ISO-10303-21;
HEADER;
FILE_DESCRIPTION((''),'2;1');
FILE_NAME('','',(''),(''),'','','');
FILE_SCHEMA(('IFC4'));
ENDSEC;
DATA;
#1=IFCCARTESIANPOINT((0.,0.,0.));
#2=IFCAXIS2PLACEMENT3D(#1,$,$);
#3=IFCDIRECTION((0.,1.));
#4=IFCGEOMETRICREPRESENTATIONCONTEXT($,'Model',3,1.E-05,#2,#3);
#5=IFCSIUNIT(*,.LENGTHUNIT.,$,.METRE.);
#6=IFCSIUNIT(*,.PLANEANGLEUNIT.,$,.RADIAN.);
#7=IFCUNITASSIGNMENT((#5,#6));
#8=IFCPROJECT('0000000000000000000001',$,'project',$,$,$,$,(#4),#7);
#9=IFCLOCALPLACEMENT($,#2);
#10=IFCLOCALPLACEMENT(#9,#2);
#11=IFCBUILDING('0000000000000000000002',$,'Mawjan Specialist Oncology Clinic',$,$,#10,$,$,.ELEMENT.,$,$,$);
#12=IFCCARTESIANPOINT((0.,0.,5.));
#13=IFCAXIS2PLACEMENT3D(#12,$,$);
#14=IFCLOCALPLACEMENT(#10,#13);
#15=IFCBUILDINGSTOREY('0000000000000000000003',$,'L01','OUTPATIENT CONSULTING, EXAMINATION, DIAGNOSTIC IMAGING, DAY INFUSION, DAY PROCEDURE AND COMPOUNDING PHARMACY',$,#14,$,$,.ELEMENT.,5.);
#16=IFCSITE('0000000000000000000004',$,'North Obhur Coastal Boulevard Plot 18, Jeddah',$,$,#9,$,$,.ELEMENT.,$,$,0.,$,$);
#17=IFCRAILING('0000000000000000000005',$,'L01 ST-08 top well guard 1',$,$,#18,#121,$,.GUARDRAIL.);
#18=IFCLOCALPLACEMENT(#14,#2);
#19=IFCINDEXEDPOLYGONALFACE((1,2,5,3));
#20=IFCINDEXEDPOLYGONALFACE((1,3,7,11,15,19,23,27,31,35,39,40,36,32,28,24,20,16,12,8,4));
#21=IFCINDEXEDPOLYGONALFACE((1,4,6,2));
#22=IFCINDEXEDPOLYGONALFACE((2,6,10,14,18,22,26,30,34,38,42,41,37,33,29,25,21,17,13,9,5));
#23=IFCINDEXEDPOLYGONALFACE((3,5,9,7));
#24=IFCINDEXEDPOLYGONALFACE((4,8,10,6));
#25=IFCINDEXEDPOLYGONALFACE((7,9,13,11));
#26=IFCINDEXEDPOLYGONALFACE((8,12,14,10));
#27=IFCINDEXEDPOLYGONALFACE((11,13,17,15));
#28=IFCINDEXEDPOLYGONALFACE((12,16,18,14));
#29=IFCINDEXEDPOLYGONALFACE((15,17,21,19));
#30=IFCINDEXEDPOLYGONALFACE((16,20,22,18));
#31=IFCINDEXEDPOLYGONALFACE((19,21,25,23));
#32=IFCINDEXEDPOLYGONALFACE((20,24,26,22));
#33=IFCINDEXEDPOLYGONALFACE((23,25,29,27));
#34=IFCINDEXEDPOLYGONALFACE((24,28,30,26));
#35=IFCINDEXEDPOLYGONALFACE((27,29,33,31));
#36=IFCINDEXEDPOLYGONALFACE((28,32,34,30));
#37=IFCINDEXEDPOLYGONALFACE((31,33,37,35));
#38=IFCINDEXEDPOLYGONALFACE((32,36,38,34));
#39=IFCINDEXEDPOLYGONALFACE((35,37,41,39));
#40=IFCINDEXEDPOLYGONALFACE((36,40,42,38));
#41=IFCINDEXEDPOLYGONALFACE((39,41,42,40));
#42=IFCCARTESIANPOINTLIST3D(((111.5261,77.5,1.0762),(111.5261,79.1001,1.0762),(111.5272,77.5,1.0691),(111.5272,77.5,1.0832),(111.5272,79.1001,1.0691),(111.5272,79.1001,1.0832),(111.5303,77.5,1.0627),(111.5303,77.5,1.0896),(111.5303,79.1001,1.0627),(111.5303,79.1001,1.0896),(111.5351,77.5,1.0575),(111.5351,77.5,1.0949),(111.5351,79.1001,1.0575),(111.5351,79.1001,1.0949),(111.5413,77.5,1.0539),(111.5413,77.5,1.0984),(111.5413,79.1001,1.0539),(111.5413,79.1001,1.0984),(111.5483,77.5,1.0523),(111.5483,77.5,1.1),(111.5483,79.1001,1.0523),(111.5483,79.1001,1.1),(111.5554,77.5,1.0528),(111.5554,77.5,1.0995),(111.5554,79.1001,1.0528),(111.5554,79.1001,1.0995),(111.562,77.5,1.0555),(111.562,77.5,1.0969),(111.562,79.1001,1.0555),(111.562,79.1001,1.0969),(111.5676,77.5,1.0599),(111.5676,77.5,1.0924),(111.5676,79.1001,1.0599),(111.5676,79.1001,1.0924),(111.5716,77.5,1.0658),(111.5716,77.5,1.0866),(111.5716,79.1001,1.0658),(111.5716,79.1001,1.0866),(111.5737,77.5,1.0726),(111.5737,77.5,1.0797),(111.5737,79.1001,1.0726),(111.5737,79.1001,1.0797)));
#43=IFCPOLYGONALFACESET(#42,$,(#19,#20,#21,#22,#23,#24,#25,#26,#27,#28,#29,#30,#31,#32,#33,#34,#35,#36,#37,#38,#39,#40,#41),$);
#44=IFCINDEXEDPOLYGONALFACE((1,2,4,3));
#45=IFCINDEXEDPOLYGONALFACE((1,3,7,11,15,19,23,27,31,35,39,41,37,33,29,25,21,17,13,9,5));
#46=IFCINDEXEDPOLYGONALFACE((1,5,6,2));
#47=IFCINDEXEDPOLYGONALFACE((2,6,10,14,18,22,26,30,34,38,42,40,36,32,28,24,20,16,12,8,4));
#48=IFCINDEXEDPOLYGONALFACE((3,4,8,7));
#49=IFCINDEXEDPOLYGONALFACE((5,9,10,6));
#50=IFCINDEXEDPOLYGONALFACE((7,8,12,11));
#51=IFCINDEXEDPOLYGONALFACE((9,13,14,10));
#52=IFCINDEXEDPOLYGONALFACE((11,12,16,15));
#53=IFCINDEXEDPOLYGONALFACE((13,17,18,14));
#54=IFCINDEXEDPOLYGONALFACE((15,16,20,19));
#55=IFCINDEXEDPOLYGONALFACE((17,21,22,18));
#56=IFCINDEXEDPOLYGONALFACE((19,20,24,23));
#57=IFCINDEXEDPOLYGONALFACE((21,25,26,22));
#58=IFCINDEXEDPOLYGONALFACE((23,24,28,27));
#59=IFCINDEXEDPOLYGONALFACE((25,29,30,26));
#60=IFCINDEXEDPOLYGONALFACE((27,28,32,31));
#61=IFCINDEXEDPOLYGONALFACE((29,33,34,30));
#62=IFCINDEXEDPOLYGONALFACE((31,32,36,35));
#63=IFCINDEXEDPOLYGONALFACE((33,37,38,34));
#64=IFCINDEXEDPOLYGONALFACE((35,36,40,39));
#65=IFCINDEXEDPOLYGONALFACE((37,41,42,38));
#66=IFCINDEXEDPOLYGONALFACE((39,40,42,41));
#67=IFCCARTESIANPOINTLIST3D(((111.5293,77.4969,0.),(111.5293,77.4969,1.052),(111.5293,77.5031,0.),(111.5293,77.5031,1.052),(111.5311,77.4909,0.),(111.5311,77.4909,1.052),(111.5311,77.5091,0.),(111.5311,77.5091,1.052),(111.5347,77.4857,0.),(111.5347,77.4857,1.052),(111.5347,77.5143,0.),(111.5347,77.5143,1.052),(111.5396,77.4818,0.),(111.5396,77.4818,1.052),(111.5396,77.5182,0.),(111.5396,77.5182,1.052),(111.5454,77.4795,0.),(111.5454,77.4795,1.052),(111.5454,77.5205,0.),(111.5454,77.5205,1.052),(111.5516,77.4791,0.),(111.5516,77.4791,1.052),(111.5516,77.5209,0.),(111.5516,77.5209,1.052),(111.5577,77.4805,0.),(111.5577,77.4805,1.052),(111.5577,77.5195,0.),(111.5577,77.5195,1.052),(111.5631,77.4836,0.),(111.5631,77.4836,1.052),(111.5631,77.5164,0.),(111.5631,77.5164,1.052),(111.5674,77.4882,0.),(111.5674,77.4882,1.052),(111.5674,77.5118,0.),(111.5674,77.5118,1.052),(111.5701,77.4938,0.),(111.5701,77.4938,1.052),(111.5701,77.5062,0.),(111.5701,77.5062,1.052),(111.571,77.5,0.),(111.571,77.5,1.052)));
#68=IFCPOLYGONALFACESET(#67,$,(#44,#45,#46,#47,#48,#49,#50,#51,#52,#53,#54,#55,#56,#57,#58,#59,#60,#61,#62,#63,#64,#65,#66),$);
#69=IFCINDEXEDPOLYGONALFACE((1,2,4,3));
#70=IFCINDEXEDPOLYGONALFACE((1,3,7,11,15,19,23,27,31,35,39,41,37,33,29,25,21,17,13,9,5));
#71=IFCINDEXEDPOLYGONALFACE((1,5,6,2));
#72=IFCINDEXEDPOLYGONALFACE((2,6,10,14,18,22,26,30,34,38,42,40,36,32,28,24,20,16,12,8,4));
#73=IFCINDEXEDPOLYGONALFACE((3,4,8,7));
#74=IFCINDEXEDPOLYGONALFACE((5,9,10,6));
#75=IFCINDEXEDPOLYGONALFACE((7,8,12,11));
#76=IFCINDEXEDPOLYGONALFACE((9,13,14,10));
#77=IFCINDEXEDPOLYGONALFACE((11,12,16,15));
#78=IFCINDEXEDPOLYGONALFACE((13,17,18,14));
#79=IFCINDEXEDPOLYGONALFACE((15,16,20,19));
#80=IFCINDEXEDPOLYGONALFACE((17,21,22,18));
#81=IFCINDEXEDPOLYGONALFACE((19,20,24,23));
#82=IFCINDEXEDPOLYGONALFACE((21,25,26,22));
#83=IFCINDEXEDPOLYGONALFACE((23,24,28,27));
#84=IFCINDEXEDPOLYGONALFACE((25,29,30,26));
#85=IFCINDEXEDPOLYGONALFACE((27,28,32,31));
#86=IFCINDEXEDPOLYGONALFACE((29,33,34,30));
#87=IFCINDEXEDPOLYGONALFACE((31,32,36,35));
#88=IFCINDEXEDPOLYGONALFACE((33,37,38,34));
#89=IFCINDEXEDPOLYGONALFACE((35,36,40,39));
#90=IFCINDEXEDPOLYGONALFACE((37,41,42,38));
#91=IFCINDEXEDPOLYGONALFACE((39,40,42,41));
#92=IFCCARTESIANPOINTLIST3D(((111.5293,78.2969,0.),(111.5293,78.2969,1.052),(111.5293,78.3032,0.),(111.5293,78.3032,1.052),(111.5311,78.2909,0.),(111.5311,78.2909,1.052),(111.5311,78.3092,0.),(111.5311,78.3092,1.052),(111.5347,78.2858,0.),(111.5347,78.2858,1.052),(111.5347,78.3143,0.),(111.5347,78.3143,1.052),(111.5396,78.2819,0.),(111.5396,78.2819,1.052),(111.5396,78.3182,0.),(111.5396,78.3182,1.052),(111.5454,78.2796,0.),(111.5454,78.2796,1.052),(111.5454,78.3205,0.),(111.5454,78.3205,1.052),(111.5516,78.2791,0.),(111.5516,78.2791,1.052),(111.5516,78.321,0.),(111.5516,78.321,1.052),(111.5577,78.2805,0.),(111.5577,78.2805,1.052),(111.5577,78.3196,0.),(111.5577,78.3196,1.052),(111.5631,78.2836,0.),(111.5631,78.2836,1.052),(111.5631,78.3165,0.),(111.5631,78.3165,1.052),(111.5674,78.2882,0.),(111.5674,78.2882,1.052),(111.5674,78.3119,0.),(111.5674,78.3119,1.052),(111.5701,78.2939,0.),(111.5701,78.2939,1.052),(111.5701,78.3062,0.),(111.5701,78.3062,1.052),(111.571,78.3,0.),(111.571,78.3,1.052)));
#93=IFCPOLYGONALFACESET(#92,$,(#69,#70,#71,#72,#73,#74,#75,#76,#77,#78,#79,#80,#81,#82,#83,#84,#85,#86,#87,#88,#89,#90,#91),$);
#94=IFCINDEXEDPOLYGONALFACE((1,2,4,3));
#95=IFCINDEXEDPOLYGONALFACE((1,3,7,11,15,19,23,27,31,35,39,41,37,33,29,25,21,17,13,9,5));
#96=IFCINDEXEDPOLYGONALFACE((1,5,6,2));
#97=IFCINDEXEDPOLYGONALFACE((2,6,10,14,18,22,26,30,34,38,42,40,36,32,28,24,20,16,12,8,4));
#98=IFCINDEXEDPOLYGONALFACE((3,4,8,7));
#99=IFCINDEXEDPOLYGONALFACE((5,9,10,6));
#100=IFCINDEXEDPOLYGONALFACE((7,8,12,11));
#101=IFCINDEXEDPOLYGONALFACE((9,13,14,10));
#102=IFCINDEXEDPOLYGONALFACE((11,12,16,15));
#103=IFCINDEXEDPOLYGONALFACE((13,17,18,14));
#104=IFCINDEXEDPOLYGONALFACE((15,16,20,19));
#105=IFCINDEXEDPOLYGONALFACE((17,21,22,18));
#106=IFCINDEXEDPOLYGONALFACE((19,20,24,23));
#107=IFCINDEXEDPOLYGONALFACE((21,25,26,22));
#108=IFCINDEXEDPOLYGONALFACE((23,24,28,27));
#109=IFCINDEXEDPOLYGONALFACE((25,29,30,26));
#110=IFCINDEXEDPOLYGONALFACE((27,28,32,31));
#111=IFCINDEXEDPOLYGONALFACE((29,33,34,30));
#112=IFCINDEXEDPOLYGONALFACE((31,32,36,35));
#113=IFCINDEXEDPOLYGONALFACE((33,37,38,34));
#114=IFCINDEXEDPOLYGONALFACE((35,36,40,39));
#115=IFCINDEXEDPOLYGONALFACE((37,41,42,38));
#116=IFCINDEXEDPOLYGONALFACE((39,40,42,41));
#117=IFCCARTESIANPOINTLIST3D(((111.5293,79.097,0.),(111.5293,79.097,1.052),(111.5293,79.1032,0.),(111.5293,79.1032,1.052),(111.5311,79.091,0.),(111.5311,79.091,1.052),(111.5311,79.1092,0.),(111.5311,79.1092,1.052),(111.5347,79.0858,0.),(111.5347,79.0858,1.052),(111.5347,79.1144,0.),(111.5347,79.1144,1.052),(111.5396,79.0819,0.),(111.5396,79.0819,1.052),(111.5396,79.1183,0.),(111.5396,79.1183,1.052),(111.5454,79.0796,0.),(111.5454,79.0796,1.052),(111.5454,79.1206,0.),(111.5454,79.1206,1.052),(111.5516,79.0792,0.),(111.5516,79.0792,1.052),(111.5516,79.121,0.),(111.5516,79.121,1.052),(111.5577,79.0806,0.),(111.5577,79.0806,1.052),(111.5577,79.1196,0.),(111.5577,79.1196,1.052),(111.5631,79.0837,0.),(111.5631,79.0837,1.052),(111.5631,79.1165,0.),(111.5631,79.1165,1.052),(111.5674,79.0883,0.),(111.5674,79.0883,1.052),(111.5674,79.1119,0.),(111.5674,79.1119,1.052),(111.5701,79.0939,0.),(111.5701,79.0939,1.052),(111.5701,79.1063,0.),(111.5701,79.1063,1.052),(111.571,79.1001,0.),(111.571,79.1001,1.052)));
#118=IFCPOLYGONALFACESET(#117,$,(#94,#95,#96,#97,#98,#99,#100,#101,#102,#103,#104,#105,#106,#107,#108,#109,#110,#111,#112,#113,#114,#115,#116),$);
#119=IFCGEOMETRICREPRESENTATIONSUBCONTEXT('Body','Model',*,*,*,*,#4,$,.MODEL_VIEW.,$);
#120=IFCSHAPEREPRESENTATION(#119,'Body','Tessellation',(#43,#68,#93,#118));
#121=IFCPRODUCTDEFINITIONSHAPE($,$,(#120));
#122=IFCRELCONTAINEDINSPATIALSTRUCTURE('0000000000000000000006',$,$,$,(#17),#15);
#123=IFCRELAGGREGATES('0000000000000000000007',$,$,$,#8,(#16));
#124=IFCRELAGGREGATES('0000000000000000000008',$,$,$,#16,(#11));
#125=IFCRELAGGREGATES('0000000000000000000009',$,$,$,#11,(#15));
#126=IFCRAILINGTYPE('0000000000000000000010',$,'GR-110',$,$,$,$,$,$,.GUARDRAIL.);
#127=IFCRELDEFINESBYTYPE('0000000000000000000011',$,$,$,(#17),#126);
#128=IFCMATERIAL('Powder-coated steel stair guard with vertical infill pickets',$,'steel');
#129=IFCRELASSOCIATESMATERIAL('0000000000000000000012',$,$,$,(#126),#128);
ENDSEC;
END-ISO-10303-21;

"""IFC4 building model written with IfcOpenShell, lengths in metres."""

from ifc_helpers import new_model, si_unit, direction, frame, origin, origin_2d, place, context, subcontext, project, spatial, circle, extrude, material, type_object, element, save


model = new_model("IFC4")

# Units and contexts
model_context = context("Model", 3, precision=1e-05, world=origin(), true_north=direction((0.0, 1.0)))
body_context = subcontext(model_context, "Body", "Model", "MODEL_VIEW")
ifc_project = project(units=[si_unit("LENGTHUNIT", "METRE"), si_unit("PLANEANGLEUNIT", "RADIAN")], contexts=[model_context])

# Site, building, storey
site_placement = place(None, origin())
site = spatial("IfcSite", under=ifc_project, at=site_placement, Name="North Obhur Coastal Boulevard Plot 18, Jeddah", CompositionType="ELEMENT", RefElevation=0.0)
building_placement = place(site_placement, origin())
building = spatial("IfcBuilding", under=site, at=building_placement, Name="Mawjan Specialist Oncology Clinic", CompositionType="ELEMENT")
storey_placement = place(building_placement, frame((0.0, 0.0, 5.0)))
storey = spatial("IfcBuildingStorey", under=building, at=storey_placement, Name="L01", Description="OUTPATIENT CONSULTING, EXAMINATION, DIAGNOSTIC IMAGING, DAY INFUSION, DAY PROCEDURE AND COMPOUNDING PHARMACY", CompositionType="ELEMENT", Elevation=5.0)

# Railing
ifc_material_1 = material(Name="Powder-coated steel stair guard with vertical infill pickets", Category="steel")
railing_type = type_object("IfcRailingType", Name="GR-110", PredefinedType="GUARDRAIL", material=ifc_material_1)
railing_placement = place(storey_placement, frame((111.55, 77.5, 0.0)))
element("IfcRailing", 1, at=railing_placement, inside=storey, type_object=railing_type, Name="L01 ST-08 top well guard 1", PredefinedType="GUARDRAIL", context=body_context, shape_type="SweptSolid", body=[
    extrude(circle(Radius=0.0239, at=origin_2d()), frame((0.0, 0.0, 1.0762), z_axis=(0.0, 1.0, 0.0), x_axis=(-1.0, 0.0, 0.0)), (0.0, 0.0, 1.0), 1.6001),
    extrude(circle(Radius=0.021, at=origin_2d()), origin(), (0.0, 0.0, 1.0), 1.052),
    extrude(circle(Radius=0.021, at=origin_2d()), frame((0.0, 0.8, 0.0)), (0.0, 0.0, 1.0), 1.052),
    extrude(circle(Radius=0.021, at=origin_2d()), frame((0.0, 1.6001, 0.0)), (0.0, 0.0, 1.0), 1.052),
])

save(model, "model.ifc")
